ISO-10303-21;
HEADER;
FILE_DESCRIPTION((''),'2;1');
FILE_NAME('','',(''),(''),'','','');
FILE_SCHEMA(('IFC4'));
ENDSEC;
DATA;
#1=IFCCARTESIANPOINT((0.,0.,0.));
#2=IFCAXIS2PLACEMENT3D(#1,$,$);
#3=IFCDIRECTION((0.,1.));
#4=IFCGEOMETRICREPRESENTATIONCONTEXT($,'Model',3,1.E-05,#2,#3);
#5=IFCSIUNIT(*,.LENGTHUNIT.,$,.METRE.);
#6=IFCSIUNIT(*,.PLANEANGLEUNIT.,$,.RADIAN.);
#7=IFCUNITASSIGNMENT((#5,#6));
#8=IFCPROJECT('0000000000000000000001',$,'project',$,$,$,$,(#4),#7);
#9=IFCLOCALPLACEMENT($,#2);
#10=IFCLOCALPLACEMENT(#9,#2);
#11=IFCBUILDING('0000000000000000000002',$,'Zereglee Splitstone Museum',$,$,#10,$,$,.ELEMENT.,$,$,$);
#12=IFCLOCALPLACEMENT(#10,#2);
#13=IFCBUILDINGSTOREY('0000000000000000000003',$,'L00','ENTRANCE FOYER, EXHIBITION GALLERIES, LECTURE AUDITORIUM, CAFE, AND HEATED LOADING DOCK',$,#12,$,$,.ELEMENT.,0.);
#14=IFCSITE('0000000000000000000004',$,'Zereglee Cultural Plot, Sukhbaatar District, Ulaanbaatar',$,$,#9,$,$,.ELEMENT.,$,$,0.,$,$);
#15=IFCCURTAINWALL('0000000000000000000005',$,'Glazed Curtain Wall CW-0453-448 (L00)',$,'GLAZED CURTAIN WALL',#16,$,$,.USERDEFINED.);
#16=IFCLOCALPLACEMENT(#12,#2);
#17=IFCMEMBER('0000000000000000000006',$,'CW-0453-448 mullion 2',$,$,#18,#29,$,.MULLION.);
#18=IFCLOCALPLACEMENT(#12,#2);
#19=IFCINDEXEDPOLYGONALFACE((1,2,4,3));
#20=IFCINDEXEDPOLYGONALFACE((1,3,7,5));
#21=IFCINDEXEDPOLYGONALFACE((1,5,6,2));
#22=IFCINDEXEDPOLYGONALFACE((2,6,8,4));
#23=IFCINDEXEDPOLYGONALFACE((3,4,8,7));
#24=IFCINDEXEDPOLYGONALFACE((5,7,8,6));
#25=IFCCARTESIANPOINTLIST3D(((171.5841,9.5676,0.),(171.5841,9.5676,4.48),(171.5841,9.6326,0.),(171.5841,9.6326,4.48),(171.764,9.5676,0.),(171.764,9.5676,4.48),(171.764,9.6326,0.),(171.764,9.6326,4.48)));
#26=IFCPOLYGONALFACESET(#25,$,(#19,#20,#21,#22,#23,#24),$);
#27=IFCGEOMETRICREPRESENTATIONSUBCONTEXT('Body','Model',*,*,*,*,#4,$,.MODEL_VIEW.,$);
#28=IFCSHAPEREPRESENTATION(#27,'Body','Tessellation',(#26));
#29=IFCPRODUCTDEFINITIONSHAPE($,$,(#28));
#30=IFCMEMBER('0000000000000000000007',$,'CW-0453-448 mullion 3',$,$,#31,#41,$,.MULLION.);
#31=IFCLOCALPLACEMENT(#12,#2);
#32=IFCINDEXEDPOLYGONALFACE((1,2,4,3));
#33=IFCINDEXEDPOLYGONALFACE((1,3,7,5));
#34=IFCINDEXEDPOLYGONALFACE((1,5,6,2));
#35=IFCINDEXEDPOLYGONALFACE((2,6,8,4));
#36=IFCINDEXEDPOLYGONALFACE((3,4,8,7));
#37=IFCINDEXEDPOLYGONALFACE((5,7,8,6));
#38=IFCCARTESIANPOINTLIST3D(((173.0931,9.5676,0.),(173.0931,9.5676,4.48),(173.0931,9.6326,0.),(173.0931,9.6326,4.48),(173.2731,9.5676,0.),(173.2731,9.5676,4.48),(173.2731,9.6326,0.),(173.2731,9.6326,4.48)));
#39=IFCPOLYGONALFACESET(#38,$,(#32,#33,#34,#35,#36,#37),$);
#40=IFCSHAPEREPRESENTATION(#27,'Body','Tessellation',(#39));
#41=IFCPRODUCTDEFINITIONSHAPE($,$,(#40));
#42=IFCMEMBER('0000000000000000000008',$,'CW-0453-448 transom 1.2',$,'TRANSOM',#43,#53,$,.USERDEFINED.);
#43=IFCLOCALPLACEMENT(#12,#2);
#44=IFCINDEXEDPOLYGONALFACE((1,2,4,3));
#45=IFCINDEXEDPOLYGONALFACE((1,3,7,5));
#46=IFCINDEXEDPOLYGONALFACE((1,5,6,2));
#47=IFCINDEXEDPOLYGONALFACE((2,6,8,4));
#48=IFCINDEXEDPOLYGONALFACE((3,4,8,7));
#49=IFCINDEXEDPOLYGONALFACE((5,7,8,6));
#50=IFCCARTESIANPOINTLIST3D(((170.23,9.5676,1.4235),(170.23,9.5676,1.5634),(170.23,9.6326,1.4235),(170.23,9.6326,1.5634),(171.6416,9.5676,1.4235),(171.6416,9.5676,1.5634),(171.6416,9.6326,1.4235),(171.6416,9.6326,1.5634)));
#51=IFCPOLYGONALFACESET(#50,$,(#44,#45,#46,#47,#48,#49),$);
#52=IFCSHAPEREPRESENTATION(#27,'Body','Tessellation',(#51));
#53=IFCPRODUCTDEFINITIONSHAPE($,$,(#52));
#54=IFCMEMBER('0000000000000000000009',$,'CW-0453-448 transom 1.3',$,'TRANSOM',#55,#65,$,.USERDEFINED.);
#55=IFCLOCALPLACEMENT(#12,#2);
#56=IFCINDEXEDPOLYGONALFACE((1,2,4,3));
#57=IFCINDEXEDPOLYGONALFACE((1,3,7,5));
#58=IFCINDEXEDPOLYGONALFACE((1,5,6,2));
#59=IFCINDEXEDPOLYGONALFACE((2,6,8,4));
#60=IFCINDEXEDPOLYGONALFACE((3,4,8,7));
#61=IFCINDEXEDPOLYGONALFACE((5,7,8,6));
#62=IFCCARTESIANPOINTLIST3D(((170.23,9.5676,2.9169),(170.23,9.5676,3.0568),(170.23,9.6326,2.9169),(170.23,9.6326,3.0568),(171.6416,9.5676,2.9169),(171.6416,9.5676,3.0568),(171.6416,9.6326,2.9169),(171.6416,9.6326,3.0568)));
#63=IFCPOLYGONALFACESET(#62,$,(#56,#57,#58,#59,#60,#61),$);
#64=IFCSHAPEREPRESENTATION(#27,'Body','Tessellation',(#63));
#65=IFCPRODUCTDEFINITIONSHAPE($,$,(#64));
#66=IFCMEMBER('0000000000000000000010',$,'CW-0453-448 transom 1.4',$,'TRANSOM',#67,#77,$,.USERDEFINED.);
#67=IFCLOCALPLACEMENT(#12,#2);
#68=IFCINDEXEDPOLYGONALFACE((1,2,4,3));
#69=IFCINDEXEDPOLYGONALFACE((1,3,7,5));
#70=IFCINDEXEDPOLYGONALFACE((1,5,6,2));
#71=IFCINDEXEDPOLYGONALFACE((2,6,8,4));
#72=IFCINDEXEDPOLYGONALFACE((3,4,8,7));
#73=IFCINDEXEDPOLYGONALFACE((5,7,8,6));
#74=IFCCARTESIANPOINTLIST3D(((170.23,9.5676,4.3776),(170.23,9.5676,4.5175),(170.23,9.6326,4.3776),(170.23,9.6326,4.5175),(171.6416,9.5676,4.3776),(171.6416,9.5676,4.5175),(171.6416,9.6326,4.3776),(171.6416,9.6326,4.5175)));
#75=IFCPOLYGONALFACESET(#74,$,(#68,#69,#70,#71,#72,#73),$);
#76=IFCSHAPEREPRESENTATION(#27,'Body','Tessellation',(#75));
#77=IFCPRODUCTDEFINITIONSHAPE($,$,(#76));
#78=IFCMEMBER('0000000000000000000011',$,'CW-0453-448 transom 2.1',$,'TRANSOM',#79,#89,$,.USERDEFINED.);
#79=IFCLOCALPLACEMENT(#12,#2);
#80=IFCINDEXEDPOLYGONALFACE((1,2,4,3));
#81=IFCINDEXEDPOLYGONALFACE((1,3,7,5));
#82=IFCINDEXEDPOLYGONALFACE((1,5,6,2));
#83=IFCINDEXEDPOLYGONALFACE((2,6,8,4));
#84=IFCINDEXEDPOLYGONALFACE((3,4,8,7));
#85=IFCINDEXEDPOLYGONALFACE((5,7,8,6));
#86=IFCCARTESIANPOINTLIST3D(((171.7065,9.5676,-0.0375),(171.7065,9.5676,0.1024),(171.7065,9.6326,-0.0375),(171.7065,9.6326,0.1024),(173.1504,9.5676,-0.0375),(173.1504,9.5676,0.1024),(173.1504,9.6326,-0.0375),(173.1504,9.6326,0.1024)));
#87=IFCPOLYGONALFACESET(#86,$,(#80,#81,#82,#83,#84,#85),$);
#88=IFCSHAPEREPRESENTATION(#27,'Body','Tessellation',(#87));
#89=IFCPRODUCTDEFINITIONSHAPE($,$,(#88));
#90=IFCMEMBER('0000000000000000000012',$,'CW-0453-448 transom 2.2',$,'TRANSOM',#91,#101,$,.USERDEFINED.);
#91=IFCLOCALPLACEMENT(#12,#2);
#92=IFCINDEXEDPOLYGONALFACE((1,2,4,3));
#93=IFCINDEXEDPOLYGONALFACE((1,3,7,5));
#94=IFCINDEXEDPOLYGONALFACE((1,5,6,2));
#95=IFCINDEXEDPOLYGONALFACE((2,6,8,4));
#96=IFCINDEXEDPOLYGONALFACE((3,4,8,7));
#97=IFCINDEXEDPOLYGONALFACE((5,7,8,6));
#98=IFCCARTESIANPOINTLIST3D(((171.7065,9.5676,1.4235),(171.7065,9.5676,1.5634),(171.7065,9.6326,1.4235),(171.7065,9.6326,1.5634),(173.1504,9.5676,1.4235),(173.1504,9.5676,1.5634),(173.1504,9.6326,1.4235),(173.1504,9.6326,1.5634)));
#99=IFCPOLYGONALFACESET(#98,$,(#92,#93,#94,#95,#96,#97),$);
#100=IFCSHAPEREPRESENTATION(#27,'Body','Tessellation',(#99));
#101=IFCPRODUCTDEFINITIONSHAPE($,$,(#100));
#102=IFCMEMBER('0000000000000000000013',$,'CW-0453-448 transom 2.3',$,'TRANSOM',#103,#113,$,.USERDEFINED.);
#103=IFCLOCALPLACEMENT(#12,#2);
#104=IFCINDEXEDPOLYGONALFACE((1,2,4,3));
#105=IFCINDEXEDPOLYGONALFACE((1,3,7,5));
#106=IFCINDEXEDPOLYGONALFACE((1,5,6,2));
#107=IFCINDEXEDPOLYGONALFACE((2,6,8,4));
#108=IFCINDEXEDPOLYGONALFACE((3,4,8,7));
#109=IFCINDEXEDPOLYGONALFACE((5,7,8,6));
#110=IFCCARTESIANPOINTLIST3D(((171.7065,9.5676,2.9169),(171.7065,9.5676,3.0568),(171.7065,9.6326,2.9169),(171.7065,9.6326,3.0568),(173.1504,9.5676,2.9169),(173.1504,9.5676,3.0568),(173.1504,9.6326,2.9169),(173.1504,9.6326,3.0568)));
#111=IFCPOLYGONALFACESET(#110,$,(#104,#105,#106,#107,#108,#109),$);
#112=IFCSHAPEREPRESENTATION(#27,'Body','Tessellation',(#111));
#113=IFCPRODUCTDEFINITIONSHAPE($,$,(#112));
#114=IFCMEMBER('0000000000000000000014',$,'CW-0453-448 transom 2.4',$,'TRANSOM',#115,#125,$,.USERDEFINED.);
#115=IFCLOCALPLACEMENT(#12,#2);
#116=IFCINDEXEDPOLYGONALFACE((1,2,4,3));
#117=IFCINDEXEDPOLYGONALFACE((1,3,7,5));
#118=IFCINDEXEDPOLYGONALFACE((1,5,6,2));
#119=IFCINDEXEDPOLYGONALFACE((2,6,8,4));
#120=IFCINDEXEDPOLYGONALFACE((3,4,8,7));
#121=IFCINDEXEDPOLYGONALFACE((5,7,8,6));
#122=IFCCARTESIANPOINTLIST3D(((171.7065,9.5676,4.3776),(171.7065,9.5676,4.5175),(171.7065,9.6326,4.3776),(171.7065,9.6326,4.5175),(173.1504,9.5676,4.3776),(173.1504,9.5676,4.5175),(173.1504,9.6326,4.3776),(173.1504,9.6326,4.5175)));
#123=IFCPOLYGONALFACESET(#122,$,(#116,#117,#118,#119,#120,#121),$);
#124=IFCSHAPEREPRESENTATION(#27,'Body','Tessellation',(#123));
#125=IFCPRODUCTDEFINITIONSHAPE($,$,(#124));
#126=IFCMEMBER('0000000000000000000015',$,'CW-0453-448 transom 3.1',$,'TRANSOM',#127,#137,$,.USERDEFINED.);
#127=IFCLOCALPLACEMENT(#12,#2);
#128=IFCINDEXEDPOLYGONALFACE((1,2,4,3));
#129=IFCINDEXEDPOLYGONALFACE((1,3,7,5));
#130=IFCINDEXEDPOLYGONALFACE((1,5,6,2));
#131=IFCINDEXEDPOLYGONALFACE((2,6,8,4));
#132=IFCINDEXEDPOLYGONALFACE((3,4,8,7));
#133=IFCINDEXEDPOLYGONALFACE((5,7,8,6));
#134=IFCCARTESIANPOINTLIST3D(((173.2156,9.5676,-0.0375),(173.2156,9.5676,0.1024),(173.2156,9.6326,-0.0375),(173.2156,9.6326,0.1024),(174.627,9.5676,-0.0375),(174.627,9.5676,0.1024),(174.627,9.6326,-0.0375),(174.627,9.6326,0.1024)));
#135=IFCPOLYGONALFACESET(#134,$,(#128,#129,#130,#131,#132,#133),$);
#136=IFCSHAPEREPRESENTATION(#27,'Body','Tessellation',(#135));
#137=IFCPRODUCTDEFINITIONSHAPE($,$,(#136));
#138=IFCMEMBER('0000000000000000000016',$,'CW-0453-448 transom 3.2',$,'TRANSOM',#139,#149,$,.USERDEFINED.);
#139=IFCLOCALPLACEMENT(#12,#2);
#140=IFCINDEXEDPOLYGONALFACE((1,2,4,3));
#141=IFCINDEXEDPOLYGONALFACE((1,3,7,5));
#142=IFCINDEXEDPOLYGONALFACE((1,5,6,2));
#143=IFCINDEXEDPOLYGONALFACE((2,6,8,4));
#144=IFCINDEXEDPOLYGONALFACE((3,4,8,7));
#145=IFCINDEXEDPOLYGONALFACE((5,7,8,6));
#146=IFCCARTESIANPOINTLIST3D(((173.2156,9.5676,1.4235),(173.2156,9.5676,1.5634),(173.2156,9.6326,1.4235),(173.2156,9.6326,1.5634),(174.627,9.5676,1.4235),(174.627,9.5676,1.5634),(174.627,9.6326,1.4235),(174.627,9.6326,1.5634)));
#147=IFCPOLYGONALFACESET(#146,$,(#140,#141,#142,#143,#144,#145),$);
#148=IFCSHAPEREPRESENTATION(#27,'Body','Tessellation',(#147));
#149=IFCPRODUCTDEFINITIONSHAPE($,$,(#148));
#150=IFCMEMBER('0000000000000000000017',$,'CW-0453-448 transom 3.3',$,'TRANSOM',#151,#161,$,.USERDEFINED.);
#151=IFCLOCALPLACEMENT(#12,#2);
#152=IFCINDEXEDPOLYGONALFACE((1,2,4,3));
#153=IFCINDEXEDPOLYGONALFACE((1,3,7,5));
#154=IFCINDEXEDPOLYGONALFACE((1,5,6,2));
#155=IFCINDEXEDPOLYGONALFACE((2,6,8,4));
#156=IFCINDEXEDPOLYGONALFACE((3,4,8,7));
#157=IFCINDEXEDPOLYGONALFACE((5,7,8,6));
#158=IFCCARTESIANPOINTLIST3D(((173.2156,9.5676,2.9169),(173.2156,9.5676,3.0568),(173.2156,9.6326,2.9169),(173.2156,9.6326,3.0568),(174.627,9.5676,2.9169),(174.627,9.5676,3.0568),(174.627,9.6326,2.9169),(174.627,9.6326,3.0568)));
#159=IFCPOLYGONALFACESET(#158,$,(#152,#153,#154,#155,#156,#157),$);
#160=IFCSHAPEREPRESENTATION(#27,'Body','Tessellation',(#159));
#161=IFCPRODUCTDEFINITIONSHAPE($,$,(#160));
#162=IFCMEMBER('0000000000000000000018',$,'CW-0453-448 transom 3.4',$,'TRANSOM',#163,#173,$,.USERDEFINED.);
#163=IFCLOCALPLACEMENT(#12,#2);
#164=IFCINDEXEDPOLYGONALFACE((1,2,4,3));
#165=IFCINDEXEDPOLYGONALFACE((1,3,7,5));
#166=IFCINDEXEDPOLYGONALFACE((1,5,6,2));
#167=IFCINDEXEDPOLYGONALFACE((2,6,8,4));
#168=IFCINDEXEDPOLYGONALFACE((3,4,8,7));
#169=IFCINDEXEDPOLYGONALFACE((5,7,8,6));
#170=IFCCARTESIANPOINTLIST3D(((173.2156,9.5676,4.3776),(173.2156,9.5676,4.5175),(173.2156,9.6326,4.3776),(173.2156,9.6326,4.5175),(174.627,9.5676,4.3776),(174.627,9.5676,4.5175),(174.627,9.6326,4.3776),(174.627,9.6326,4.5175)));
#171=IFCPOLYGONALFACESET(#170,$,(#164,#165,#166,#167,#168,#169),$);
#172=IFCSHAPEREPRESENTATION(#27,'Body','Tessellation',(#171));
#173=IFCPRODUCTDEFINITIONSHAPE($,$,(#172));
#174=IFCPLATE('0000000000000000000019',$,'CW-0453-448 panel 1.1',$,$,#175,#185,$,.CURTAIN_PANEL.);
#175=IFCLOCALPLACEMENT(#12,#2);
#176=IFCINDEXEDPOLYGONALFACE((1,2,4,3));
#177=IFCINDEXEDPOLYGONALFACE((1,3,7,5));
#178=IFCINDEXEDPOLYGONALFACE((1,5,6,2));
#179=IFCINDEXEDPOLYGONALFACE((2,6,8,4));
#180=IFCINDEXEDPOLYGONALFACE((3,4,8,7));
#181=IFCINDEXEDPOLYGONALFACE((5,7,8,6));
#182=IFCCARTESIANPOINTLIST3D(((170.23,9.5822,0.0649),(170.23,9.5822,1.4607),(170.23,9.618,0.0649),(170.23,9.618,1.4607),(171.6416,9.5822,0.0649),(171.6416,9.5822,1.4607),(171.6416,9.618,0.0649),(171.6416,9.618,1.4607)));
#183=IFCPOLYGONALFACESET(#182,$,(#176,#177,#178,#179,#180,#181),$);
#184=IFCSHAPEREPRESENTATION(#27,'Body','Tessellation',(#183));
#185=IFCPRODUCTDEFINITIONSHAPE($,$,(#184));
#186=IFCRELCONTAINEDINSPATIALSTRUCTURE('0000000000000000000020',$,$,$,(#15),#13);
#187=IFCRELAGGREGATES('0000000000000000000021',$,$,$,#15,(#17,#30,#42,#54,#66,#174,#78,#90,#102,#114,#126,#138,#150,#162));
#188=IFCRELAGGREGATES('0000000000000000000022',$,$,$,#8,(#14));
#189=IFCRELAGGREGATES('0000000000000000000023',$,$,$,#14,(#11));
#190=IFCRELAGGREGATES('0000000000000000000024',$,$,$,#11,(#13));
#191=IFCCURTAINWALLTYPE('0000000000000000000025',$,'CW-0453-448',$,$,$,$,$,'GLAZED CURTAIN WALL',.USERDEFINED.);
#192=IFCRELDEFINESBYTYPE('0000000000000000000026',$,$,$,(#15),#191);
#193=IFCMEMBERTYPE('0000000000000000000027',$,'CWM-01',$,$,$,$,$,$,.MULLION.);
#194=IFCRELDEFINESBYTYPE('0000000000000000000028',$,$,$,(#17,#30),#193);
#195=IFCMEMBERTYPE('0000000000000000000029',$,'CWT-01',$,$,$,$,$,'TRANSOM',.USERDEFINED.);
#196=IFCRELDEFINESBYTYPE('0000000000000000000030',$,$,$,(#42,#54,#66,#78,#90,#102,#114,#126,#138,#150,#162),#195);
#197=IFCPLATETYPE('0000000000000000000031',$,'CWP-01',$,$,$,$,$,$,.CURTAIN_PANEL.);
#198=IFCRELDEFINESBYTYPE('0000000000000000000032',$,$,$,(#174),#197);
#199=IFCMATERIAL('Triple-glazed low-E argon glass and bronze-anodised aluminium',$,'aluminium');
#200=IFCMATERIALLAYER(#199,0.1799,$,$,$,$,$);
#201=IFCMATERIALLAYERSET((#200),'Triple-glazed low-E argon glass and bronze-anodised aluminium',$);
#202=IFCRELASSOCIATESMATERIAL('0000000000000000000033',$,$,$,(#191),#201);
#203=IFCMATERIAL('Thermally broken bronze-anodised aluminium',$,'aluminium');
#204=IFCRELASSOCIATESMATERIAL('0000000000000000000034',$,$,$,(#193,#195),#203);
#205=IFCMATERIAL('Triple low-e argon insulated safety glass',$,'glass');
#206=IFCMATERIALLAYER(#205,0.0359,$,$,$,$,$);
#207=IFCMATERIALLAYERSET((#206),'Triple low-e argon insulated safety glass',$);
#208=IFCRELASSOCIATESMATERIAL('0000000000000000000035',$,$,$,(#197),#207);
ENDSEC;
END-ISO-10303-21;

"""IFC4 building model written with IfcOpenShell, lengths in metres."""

from ifc_helpers import new_model, si_unit, direction, frame, origin, origin_2d, place, context, subcontext, project, spatial, rectangle, extrude, material, layer, layer_set, material_profile, profile_set, type_object, element, aggregate, save


model = new_model("IFC4")

# Units and contexts
model_context = context("Model", 3, precision=1e-05, world=origin(), true_north=direction((0.0, 1.0)))
body_context = subcontext(model_context, "Body", "Model", "MODEL_VIEW")
ifc_project = project(units=[si_unit("LENGTHUNIT", "METRE"), si_unit("PLANEANGLEUNIT", "RADIAN")], contexts=[model_context])

# Site, building, storey
site_placement = place(None, origin())
site = spatial("IfcSite", under=ifc_project, at=site_placement, Name="Zereglee Cultural Plot, Sukhbaatar District, Ulaanbaatar", CompositionType="ELEMENT", RefElevation=0.0)
building_placement = place(site_placement, origin())
building = spatial("IfcBuilding", under=site, at=building_placement, Name="Zereglee Splitstone Museum", CompositionType="ELEMENT")
storey_placement = place(building_placement, origin())
storey = spatial("IfcBuildingStorey", under=building, at=storey_placement, Name="L00", Description="ENTRANCE FOYER, EXHIBITION GALLERIES, LECTURE AUDITORIUM, CAFE, AND HEATED LOADING DOCK", CompositionType="ELEMENT", Elevation=0.0)

# Curtain wall, members, plate
ifc_material_1 = material(Name="Triple-glazed low-E argon glass and bronze-anodised aluminium", Category="aluminium")
ifc_layer_1 = layer(ifc_material_1, 0.1799)
ifc_layer_set_1 = layer_set([ifc_layer_1], Name="Triple-glazed low-E argon glass and bronze-anodised aluminium")
curtain_wall_type = type_object("IfcCurtainWallType", Name="CW-0453-448", ElementType="GLAZED CURTAIN WALL", PredefinedType="USERDEFINED", material=ifc_layer_set_1)
curtain_wall_placement = place(storey_placement, origin())
curtain_wall = element("IfcCurtainWall", 1, at=curtain_wall_placement, inside=storey, type_object=curtain_wall_type, Name="Glazed Curtain Wall CW-0453-448 (L00)", ObjectType="GLAZED CURTAIN WALL", PredefinedType="USERDEFINED")
ifc_material_2 = material(Name="Thermally broken bronze-anodised aluminium", Category="aluminium")
ifc_material_profile_1 = material_profile(ifc_material_2, rectangle(XDim=0.0649, YDim=0.1799, at=origin_2d()), Name="CW MULL 65x180")
ifc_profile_set_1 = profile_set([ifc_material_profile_1], Name="Thermally broken bronze-anodised aluminium")
member_type_1 = type_object("IfcMemberType", Name="CWM-01", PredefinedType="MULLION", material=ifc_profile_set_1)
member_1_placement = place(storey_placement, frame((171.6741, 9.6001, 0.0), z_axis=(0.0, 0.0, 1.0), x_axis=(0.0, 1.0, 0.0)))
member_1 = element("IfcMember", 2, at=member_1_placement, type_object=member_type_1, Name="CW-0453-448 mullion 2", PredefinedType="MULLION", context=body_context, shape_type="SweptSolid", body=[
    extrude(rectangle(XDim=0.0649, YDim=0.1799, at=origin_2d()), origin(), (0.0, 0.0, 1.0), 4.48),
])
member_2_placement = place(storey_placement, frame((173.1831, 9.6001, 0.0), z_axis=(0.0, 0.0, 1.0), x_axis=(0.0, 1.0, 0.0)))
member_2 = element("IfcMember", 3, at=member_2_placement, type_object=member_type_1, Name="CW-0453-448 mullion 3", PredefinedType="MULLION", context=body_context, shape_type="SweptSolid", body=[
    extrude(rectangle(XDim=0.0649, YDim=0.1799, at=origin_2d()), origin(), (0.0, 0.0, 1.0), 4.48),
])
ifc_material_profile_2 = material_profile(ifc_material_2, rectangle(XDim=0.0649, YDim=0.1399, at=origin_2d()), Name="CW TRAN 65x140")
ifc_profile_set_2 = profile_set([ifc_material_profile_2], Name="Thermally broken bronze-anodised aluminium")
member_type_2 = type_object("IfcMemberType", Name="CWT-01", ElementType="TRANSOM", PredefinedType="USERDEFINED", material=ifc_profile_set_2)
member_3_placement = place(storey_placement, frame((170.23, 9.6001, 1.4934), z_axis=(1.0, 0.0, 0.0), x_axis=(0.0, 1.0, 0.0)))
member_3 = element("IfcMember", 4, at=member_3_placement, type_object=member_type_2, Name="CW-0453-448 transom 1.2", ObjectType="TRANSOM", PredefinedType="USERDEFINED", context=body_context, shape_type="SweptSolid", body=[
    extrude(rectangle(XDim=0.0649, YDim=0.1399, at=origin_2d()), origin(), (0.0, 0.0, 1.0), 1.4116),
])
member_4_placement = place(storey_placement, frame((170.23, 9.6001, 2.9868), z_axis=(1.0, 0.0, 0.0), x_axis=(0.0, 1.0, 0.0)))
member_4 = element("IfcMember", 5, at=member_4_placement, type_object=member_type_2, Name="CW-0453-448 transom 1.3", ObjectType="TRANSOM", PredefinedType="USERDEFINED", context=body_context, shape_type="SweptSolid", body=[
    extrude(rectangle(XDim=0.0649, YDim=0.1399, at=origin_2d()), origin(), (0.0, 0.0, 1.0), 1.4116),
])
member_5_placement = place(storey_placement, frame((170.23, 9.6001, 4.4475), z_axis=(1.0, 0.0, 0.0), x_axis=(0.0, 1.0, 0.0)))
member_5 = element("IfcMember", 6, at=member_5_placement, type_object=member_type_2, Name="CW-0453-448 transom 1.4", ObjectType="TRANSOM", PredefinedType="USERDEFINED", context=body_context, shape_type="SweptSolid", body=[
    extrude(rectangle(XDim=0.0649, YDim=0.1399, at=origin_2d()), origin(), (0.0, 0.0, 1.0), 1.4116),
])
member_6_placement = place(storey_placement, frame((171.7065, 9.6001, 0.0325), z_axis=(1.0, 0.0, 0.0), x_axis=(0.0, 1.0, 0.0)))
member_6 = element("IfcMember", 7, at=member_6_placement, type_object=member_type_2, Name="CW-0453-448 transom 2.1", ObjectType="TRANSOM", PredefinedType="USERDEFINED", context=body_context, shape_type="SweptSolid", body=[
    extrude(rectangle(XDim=0.0649, YDim=0.1399, at=origin_2d()), origin(), (0.0, 0.0, 1.0), 1.4438),
])
member_7_placement = place(storey_placement, frame((171.7065, 9.6001, 1.4934), z_axis=(1.0, 0.0, 0.0), x_axis=(0.0, 1.0, 0.0)))
member_7 = element("IfcMember", 8, at=member_7_placement, type_object=member_type_2, Name="CW-0453-448 transom 2.2", ObjectType="TRANSOM", PredefinedType="USERDEFINED", context=body_context, shape_type="SweptSolid", body=[
    extrude(rectangle(XDim=0.0649, YDim=0.1399, at=origin_2d()), origin(), (0.0, 0.0, 1.0), 1.4438),
])
member_8_placement = place(storey_placement, frame((171.7065, 9.6001, 2.9868), z_axis=(1.0, 0.0, 0.0), x_axis=(0.0, 1.0, 0.0)))
member_8 = element("IfcMember", 9, at=member_8_placement, type_object=member_type_2, Name="CW-0453-448 transom 2.3", ObjectType="TRANSOM", PredefinedType="USERDEFINED", context=body_context, shape_type="SweptSolid", body=[
    extrude(rectangle(XDim=0.0649, YDim=0.1399, at=origin_2d()), origin(), (0.0, 0.0, 1.0), 1.4438),
])
member_9_placement = place(storey_placement, frame((171.7065, 9.6001, 4.4475), z_axis=(1.0, 0.0, 0.0), x_axis=(0.0, 1.0, 0.0)))
member_9 = element("IfcMember", 10, at=member_9_placement, type_object=member_type_2, Name="CW-0453-448 transom 2.4", ObjectType="TRANSOM", PredefinedType="USERDEFINED", context=body_context, shape_type="SweptSolid", body=[
    extrude(rectangle(XDim=0.0649, YDim=0.1399, at=origin_2d()), origin(), (0.0, 0.0, 1.0), 1.4438),
])
member_10_placement = place(storey_placement, frame((173.2156, 9.6001, 0.0325), z_axis=(1.0, 0.0, 0.0), x_axis=(0.0, 1.0, 0.0)))
member_10 = element("IfcMember", 11, at=member_10_placement, type_object=member_type_2, Name="CW-0453-448 transom 3.1", ObjectType="TRANSOM", PredefinedType="USERDEFINED", context=body_context, shape_type="SweptSolid", body=[
    extrude(rectangle(XDim=0.0649, YDim=0.1399, at=origin_2d()), origin(), (0.0, 0.0, 1.0), 1.4114),
])
member_11_placement = place(storey_placement, frame((173.2156, 9.6001, 1.4934), z_axis=(1.0, 0.0, 0.0), x_axis=(0.0, 1.0, 0.0)))
member_11 = element("IfcMember", 12, at=member_11_placement, type_object=member_type_2, Name="CW-0453-448 transom 3.2", ObjectType="TRANSOM", PredefinedType="USERDEFINED", context=body_context, shape_type="SweptSolid", body=[
    extrude(rectangle(XDim=0.0649, YDim=0.1399, at=origin_2d()), origin(), (0.0, 0.0, 1.0), 1.4114),
])
member_12_placement = place(storey_placement, frame((173.2156, 9.6001, 2.9868), z_axis=(1.0, 0.0, 0.0), x_axis=(0.0, 1.0, 0.0)))
member_12 = element("IfcMember", 13, at=member_12_placement, type_object=member_type_2, Name="CW-0453-448 transom 3.3", ObjectType="TRANSOM", PredefinedType="USERDEFINED", context=body_context, shape_type="SweptSolid", body=[
    extrude(rectangle(XDim=0.0649, YDim=0.1399, at=origin_2d()), origin(), (0.0, 0.0, 1.0), 1.4114),
])
member_13_placement = place(storey_placement, frame((173.2156, 9.6001, 4.4475), z_axis=(1.0, 0.0, 0.0), x_axis=(0.0, 1.0, 0.0)))
member_13 = element("IfcMember", 14, at=member_13_placement, type_object=member_type_2, Name="CW-0453-448 transom 3.4", ObjectType="TRANSOM", PredefinedType="USERDEFINED", context=body_context, shape_type="SweptSolid", body=[
    extrude(rectangle(XDim=0.0649, YDim=0.1399, at=origin_2d()), origin(), (0.0, 0.0, 1.0), 1.4114),
])
ifc_material_3 = material(Name="Triple low-e argon insulated safety glass", Category="glass")
ifc_layer_2 = layer(ifc_material_3, 0.0359)
ifc_layer_set_2 = layer_set([ifc_layer_2], Name="Triple low-e argon insulated safety glass")
plate_type = type_object("IfcPlateType", Name="CWP-01", PredefinedType="CURTAIN_PANEL", material=ifc_layer_set_2)
plate_1_placement = place(storey_placement, frame((170.9358, 9.6001, 0.0649), z_axis=(0.0, 0.0, 1.0), x_axis=(1.0, 0.0, 0.0)))
plate_1 = element("IfcPlate", 15, at=plate_1_placement, type_object=plate_type, Name="CW-0453-448 panel 1.1", PredefinedType="CURTAIN_PANEL", context=body_context, shape_type="SweptSolid", body=[
    extrude(rectangle(XDim=1.4116, YDim=0.0359, at=origin_2d()), origin(), (0.0, 0.0, 1.0), 1.3958),
])
aggregate(curtain_wall, [member_1, member_2, member_3, member_4, member_5, plate_1, member_6, member_7, member_8, member_9, member_10, member_11, member_12, member_13])

save(model, "model.ifc")
